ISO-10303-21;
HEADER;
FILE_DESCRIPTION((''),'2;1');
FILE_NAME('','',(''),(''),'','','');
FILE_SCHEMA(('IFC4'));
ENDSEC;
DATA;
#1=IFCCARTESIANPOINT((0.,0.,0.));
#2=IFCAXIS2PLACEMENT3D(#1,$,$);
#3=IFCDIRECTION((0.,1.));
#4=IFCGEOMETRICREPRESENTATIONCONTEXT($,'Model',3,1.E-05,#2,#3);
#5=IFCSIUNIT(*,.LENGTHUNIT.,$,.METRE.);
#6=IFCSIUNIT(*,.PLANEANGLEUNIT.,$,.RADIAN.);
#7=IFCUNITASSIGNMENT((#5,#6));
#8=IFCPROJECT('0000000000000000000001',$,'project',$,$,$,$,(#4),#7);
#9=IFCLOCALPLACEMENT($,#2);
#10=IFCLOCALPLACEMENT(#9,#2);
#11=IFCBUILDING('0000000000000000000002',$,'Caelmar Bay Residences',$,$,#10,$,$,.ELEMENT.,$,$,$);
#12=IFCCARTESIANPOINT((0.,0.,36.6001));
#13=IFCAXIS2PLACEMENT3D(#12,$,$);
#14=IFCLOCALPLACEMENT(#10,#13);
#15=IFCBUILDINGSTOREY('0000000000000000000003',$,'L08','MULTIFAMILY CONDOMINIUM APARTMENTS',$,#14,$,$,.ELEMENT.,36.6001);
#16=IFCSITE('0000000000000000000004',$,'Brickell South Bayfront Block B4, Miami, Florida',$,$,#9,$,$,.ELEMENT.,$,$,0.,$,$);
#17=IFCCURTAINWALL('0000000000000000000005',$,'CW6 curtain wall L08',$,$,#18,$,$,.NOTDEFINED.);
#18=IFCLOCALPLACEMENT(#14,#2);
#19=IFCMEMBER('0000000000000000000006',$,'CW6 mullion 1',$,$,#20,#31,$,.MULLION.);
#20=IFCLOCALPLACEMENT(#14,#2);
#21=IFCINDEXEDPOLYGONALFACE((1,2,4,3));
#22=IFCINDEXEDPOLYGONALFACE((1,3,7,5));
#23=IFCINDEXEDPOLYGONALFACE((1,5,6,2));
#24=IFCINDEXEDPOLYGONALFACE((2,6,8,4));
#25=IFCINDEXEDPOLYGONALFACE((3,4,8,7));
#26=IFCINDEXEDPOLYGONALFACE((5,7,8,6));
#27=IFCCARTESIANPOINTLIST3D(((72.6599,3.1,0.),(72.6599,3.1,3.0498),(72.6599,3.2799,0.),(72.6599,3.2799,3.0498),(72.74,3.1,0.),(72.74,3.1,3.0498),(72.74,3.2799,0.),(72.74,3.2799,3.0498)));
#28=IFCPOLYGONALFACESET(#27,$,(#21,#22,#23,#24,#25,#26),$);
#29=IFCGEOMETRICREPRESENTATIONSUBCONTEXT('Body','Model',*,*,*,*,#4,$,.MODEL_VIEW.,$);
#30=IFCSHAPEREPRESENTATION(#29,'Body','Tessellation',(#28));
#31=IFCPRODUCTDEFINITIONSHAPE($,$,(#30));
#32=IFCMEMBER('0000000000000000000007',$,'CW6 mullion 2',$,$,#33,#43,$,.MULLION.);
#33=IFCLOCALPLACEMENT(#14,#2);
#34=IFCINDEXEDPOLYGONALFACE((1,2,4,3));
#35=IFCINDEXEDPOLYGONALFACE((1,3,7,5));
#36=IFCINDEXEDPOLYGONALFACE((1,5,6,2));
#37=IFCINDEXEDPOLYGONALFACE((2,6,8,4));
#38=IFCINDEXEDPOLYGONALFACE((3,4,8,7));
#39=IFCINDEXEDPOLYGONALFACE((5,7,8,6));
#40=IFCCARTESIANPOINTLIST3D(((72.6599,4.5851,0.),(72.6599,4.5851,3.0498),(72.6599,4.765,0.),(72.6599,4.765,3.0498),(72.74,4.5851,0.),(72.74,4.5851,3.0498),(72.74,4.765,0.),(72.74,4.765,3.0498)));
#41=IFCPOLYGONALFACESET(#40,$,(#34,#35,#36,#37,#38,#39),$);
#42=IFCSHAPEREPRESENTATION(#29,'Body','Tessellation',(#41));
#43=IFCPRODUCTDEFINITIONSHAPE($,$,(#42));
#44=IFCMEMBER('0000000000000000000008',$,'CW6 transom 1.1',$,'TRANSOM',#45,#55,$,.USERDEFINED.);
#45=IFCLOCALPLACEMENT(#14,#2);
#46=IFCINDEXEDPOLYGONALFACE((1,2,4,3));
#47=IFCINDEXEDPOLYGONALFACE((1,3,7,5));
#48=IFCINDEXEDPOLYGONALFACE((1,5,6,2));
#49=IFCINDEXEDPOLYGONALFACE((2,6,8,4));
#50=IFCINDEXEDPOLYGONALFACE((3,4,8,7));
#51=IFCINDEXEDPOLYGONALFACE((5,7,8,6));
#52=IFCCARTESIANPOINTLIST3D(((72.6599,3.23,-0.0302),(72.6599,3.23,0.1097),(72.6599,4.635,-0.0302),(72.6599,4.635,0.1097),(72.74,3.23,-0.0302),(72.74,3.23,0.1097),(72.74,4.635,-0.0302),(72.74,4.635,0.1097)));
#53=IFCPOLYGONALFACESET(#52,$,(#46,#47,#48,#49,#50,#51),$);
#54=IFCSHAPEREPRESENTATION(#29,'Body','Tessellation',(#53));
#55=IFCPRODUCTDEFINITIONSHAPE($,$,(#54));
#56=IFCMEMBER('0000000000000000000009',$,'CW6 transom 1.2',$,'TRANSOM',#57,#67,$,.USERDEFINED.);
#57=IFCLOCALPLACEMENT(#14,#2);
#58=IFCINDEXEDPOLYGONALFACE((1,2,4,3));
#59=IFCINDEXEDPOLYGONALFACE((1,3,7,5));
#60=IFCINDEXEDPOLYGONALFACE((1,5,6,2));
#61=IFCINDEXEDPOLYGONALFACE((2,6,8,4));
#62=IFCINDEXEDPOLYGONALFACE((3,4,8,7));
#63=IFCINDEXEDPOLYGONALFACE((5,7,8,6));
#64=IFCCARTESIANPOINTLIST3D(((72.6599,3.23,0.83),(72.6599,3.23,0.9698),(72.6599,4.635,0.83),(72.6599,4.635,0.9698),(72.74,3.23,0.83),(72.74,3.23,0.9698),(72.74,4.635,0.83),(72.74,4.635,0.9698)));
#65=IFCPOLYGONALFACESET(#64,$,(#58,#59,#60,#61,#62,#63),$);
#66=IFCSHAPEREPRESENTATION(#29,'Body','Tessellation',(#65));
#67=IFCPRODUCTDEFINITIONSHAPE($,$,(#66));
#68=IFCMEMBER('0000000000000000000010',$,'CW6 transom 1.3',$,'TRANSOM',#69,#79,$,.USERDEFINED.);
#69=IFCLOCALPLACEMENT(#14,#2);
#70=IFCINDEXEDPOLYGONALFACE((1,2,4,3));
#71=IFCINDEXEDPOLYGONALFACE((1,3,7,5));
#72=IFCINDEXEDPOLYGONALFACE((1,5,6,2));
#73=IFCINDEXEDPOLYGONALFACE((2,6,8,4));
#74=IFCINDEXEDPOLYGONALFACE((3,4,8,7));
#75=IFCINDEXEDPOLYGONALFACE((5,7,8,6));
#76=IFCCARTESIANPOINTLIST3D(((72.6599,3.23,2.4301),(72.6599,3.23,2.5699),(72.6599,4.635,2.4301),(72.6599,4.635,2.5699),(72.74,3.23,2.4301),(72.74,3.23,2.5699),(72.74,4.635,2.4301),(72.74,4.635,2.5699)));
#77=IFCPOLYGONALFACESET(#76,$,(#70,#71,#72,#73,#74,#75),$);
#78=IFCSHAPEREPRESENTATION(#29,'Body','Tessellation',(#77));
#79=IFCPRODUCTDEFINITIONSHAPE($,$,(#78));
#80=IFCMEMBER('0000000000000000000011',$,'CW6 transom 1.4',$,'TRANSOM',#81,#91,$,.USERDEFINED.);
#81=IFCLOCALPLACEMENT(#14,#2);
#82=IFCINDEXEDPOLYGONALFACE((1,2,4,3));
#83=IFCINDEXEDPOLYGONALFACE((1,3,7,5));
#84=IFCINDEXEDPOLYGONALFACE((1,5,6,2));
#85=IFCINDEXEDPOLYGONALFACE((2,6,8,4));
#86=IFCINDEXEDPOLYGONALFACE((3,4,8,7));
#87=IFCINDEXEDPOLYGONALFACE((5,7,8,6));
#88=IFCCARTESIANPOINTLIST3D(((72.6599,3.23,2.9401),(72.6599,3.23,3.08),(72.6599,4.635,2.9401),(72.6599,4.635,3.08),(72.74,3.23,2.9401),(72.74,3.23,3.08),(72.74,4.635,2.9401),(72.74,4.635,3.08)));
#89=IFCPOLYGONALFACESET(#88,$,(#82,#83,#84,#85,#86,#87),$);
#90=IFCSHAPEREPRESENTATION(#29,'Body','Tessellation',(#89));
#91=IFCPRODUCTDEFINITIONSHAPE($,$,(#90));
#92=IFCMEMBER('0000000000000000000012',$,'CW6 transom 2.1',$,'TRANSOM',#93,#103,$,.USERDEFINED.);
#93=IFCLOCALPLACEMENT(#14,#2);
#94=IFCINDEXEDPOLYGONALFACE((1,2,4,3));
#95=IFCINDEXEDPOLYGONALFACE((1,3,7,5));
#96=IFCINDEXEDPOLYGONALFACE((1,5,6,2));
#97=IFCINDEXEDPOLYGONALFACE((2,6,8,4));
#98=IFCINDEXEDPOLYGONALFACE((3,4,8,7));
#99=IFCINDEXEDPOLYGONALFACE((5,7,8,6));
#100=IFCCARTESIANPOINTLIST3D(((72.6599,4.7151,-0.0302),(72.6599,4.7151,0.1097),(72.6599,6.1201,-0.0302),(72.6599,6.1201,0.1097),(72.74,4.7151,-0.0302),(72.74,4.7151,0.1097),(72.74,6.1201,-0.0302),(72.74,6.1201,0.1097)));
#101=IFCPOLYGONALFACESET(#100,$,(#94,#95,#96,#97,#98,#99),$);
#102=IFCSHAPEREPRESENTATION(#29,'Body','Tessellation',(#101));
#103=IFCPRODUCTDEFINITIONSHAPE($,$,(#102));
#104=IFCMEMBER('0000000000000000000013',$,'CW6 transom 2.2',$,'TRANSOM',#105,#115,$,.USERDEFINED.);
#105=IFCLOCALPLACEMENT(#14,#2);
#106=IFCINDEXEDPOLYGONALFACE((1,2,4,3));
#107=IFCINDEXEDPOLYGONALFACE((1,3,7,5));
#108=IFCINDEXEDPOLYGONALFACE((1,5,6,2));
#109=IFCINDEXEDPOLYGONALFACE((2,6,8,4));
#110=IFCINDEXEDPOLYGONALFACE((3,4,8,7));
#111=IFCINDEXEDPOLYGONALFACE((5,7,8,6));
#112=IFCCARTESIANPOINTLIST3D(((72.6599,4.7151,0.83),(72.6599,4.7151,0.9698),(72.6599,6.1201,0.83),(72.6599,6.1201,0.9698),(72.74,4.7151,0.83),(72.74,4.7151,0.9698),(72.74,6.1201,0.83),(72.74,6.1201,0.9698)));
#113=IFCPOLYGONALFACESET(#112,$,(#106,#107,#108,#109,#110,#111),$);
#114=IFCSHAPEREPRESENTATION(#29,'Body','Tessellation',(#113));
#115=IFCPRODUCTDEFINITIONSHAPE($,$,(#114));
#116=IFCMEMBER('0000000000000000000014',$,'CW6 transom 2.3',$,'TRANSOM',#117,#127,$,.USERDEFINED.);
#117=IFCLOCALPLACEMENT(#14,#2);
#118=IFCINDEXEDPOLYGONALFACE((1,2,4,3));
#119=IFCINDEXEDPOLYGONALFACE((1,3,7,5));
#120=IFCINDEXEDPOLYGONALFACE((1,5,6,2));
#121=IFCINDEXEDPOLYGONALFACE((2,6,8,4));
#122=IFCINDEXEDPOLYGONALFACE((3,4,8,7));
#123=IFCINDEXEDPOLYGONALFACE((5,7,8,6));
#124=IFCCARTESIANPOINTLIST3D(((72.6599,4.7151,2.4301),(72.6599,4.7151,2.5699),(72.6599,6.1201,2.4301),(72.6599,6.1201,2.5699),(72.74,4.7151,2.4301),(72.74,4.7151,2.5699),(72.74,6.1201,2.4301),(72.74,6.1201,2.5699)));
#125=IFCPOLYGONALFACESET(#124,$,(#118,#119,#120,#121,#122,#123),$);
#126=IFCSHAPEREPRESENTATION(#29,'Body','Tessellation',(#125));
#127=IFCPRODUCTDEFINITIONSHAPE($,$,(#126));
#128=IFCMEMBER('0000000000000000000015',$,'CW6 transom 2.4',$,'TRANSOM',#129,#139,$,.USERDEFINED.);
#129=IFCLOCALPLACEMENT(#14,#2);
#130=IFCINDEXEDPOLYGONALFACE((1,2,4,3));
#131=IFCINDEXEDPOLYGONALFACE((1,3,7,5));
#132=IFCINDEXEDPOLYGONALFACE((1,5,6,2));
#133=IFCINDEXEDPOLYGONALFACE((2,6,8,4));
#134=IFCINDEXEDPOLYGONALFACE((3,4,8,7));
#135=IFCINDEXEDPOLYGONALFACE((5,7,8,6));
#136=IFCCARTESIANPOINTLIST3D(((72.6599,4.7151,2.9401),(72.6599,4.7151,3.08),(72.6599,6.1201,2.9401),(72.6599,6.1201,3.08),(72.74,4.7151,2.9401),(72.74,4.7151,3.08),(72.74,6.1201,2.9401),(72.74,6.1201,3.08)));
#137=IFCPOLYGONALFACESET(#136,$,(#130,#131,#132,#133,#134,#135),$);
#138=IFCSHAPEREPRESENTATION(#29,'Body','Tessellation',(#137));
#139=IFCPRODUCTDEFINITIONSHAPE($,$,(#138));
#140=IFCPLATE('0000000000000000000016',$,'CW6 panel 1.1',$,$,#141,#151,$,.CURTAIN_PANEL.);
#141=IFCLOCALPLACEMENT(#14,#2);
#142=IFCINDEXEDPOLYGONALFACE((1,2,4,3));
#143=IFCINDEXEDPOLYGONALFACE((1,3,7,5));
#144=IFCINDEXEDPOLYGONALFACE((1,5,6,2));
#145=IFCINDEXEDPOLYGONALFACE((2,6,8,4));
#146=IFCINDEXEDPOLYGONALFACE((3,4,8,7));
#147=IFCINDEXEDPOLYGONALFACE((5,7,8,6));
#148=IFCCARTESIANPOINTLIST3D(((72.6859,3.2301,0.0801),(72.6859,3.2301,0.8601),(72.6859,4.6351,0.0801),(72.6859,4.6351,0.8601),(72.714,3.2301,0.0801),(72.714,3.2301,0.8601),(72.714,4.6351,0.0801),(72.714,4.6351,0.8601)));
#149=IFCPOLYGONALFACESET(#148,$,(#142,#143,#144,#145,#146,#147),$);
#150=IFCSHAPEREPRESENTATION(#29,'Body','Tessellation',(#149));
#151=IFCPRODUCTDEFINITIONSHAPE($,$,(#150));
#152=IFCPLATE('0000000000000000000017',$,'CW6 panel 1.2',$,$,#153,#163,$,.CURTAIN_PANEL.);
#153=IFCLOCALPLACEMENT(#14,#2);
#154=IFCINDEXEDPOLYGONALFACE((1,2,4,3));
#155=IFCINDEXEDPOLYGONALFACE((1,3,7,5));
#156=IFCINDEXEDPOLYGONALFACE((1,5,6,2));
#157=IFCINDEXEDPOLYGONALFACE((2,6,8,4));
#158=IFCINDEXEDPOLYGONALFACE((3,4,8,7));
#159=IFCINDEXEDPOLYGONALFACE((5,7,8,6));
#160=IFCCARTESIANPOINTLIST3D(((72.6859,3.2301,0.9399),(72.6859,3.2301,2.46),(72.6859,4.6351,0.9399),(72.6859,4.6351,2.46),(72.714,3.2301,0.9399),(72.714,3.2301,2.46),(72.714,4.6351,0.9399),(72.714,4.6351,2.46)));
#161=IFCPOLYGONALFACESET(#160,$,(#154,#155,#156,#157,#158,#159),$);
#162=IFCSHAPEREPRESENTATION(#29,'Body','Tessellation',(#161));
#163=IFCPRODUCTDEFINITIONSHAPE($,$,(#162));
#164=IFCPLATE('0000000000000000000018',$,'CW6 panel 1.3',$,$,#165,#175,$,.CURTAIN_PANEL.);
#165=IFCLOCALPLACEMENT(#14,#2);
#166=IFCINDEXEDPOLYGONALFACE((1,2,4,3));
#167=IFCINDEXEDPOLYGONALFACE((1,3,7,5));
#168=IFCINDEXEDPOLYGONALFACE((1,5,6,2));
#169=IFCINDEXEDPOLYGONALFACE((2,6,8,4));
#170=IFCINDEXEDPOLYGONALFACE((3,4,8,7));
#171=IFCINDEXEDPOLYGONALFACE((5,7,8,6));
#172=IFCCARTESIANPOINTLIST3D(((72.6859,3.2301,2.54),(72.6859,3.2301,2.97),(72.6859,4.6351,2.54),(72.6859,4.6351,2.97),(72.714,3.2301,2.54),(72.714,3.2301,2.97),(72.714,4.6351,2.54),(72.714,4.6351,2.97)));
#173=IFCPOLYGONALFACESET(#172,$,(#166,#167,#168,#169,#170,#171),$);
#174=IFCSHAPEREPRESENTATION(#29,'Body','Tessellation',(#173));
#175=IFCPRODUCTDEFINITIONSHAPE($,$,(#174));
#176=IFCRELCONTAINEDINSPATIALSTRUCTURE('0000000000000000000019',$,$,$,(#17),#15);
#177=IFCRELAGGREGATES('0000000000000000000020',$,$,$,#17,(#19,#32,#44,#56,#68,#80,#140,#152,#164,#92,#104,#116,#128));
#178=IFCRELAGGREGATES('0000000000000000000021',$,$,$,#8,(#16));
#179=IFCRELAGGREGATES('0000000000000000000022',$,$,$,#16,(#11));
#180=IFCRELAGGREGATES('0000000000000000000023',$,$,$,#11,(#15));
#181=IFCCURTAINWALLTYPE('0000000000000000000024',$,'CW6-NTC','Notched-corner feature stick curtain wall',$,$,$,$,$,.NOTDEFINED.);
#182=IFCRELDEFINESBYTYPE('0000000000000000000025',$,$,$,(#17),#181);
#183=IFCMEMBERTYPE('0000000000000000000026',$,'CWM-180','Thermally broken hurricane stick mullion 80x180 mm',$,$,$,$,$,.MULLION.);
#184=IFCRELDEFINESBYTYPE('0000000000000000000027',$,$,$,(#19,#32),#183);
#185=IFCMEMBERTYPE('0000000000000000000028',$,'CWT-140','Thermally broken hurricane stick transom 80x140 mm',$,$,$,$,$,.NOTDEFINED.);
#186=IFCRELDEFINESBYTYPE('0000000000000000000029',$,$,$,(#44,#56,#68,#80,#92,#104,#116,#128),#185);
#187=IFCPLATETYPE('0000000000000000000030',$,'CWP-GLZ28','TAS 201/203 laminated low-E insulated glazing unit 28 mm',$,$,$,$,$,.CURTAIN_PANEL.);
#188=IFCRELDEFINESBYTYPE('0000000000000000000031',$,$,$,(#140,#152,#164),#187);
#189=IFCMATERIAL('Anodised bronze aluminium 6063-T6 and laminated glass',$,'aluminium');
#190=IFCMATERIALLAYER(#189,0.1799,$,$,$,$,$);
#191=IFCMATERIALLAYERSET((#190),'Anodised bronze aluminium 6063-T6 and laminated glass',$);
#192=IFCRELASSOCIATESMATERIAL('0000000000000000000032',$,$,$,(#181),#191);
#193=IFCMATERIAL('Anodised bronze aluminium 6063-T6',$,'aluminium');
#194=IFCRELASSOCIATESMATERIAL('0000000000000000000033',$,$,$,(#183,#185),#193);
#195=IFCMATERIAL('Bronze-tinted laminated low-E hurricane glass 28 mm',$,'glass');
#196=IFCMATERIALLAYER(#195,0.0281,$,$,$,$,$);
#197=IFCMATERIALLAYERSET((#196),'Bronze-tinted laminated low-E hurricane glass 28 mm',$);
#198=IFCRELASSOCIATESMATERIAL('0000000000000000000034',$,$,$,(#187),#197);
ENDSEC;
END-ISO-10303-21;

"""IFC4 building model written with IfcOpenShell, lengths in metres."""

from ifc_helpers import new_model, si_unit, direction, frame, origin, origin_2d, place, context, subcontext, project, spatial, rectangle, extrude, material, layer, layer_set, material_profile, profile_set, type_object, element, aggregate, save


model = new_model("IFC4")

# Units and contexts
model_context = context("Model", 3, precision=1e-05, world=origin(), true_north=direction((0.0, 1.0)))
body_context = subcontext(model_context, "Body", "Model", "MODEL_VIEW")
ifc_project = project(units=[si_unit("LENGTHUNIT", "METRE"), si_unit("PLANEANGLEUNIT", "RADIAN")], contexts=[model_context])

# Site, building, storey
site_placement = place(None, origin())
site = spatial("IfcSite", under=ifc_project, at=site_placement, Name="Brickell South Bayfront Block B4, Miami, Florida", CompositionType="ELEMENT", RefElevation=0.0)
building_placement = place(site_placement, origin())
building = spatial("IfcBuilding", under=site, at=building_placement, Name="Caelmar Bay Residences", CompositionType="ELEMENT")
storey_placement = place(building_placement, frame((0.0, 0.0, 36.6001)))
storey = spatial("IfcBuildingStorey", under=building, at=storey_placement, Name="L08", Description="MULTIFAMILY CONDOMINIUM APARTMENTS", CompositionType="ELEMENT", Elevation=36.6001)

# Curtain wall, members, plates
ifc_material_1 = material(Name="Anodised bronze aluminium 6063-T6 and laminated glass", Category="aluminium")
ifc_layer_1 = layer(ifc_material_1, 0.1799)
ifc_layer_set_1 = layer_set([ifc_layer_1], Name="Anodised bronze aluminium 6063-T6 and laminated glass")
curtain_wall_type = type_object("IfcCurtainWallType", Name="CW6-NTC", Description="Notched-corner feature stick curtain wall", PredefinedType="NOTDEFINED", material=ifc_layer_set_1)
curtain_wall_placement = place(storey_placement, origin())
curtain_wall = element("IfcCurtainWall", 1, at=curtain_wall_placement, inside=storey, type_object=curtain_wall_type, Name="CW6 curtain wall L08", PredefinedType="NOTDEFINED")
ifc_material_2 = material(Name="Anodised bronze aluminium 6063-T6", Category="aluminium")
ifc_material_profile_1 = material_profile(ifc_material_2, rectangle(XDim=0.0801, YDim=0.1799, at=origin_2d()), Name="CWM-80X180")
ifc_profile_set_1 = profile_set([ifc_material_profile_1], Name="Anodised bronze aluminium 6063-T6")
member_type_1 = type_object("IfcMemberType", Name="CWM-180", Description="Thermally broken hurricane stick mullion 80x180 mm", PredefinedType="MULLION", material=ifc_profile_set_1)
member_1_placement = place(storey_placement, frame((72.7, 3.1899, 0.0), z_axis=(0.0, 0.0, 1.0), x_axis=(-1.0, 0.0, 0.0)))
member_1 = element("IfcMember", 2, at=member_1_placement, type_object=member_type_1, Name="CW6 mullion 1", PredefinedType="MULLION", context=body_context, shape_type="SweptSolid", body=[
    extrude(rectangle(XDim=0.0801, YDim=0.1799, at=origin_2d()), origin(), (0.0, 0.0, 1.0), 3.0498),
])
member_2_placement = place(storey_placement, frame((72.7, 4.675, 0.0), z_axis=(0.0, 0.0, 1.0), x_axis=(-1.0, 0.0, 0.0)))
member_2 = element("IfcMember", 3, at=member_2_placement, type_object=member_type_1, Name="CW6 mullion 2", PredefinedType="MULLION", context=body_context, shape_type="SweptSolid", body=[
    extrude(rectangle(XDim=0.0801, YDim=0.1799, at=origin_2d()), origin(), (0.0, 0.0, 1.0), 3.0498),
])
ifc_material_profile_2 = material_profile(ifc_material_2, rectangle(XDim=0.0801, YDim=0.1399, at=origin_2d()), Name="CWT-80X140")
ifc_profile_set_2 = profile_set([ifc_material_profile_2], Name="Anodised bronze aluminium 6063-T6")
member_type_2 = type_object("IfcMemberType", Name="CWT-140", Description="Thermally broken hurricane stick transom 80x140 mm", PredefinedType="NOTDEFINED", material=ifc_profile_set_2)
member_3_placement = place(storey_placement, frame((72.7, 3.23, 0.0398), z_axis=(0.0, 1.0, 0.0), x_axis=(-1.0, 0.0, 0.0)))
member_3 = element("IfcMember", 4, at=member_3_placement, type_object=member_type_2, Name="CW6 transom 1.1", ObjectType="TRANSOM", PredefinedType="USERDEFINED", context=body_context, shape_type="SweptSolid", body=[
    extrude(rectangle(XDim=0.0801, YDim=0.1399, at=origin_2d()), origin(), (0.0, 0.0, 1.0), 1.405),
])
member_4_placement = place(storey_placement, frame((72.7, 3.23, 0.8999), z_axis=(0.0, 1.0, 0.0), x_axis=(-1.0, 0.0, 0.0)))
member_4 = element("IfcMember", 5, at=member_4_placement, type_object=member_type_2, Name="CW6 transom 1.2", ObjectType="TRANSOM", PredefinedType="USERDEFINED", context=body_context, shape_type="SweptSolid", body=[
    extrude(rectangle(XDim=0.0801, YDim=0.1399, at=origin_2d()), origin(), (0.0, 0.0, 1.0), 1.405),
])
member_5_placement = place(storey_placement, frame((72.7, 3.23, 2.5), z_axis=(0.0, 1.0, 0.0), x_axis=(-1.0, 0.0, 0.0)))
member_5 = element("IfcMember", 6, at=member_5_placement, type_object=member_type_2, Name="CW6 transom 1.3", ObjectType="TRANSOM", PredefinedType="USERDEFINED", context=body_context, shape_type="SweptSolid", body=[
    extrude(rectangle(XDim=0.0801, YDim=0.1399, at=origin_2d()), origin(), (0.0, 0.0, 1.0), 1.405),
])
member_6_placement = place(storey_placement, frame((72.7, 3.23, 3.01), z_axis=(0.0, 1.0, 0.0), x_axis=(-1.0, 0.0, 0.0)))
member_6 = element("IfcMember", 7, at=member_6_placement, type_object=member_type_2, Name="CW6 transom 1.4", ObjectType="TRANSOM", PredefinedType="USERDEFINED", context=body_context, shape_type="SweptSolid", body=[
    extrude(rectangle(XDim=0.0801, YDim=0.1399, at=origin_2d()), origin(), (0.0, 0.0, 1.0), 1.405),
])
member_7_placement = place(storey_placement, frame((72.7, 4.7151, 0.0398), z_axis=(0.0, 1.0, 0.0), x_axis=(-1.0, 0.0, 0.0)))
member_7 = element("IfcMember", 8, at=member_7_placement, type_object=member_type_2, Name="CW6 transom 2.1", ObjectType="TRANSOM", PredefinedType="USERDEFINED", context=body_context, shape_type="SweptSolid", body=[
    extrude(rectangle(XDim=0.0801, YDim=0.1399, at=origin_2d()), origin(), (0.0, 0.0, 1.0), 1.405),
])
member_8_placement = place(storey_placement, frame((72.7, 4.7151, 0.8999), z_axis=(0.0, 1.0, 0.0), x_axis=(-1.0, 0.0, 0.0)))
member_8 = element("IfcMember", 9, at=member_8_placement, type_object=member_type_2, Name="CW6 transom 2.2", ObjectType="TRANSOM", PredefinedType="USERDEFINED", context=body_context, shape_type="SweptSolid", body=[
    extrude(rectangle(XDim=0.0801, YDim=0.1399, at=origin_2d()), origin(), (0.0, 0.0, 1.0), 1.405),
])
member_9_placement = place(storey_placement, frame((72.7, 4.7151, 2.5), z_axis=(0.0, 1.0, 0.0), x_axis=(-1.0, 0.0, 0.0)))
member_9 = element("IfcMember", 10, at=member_9_placement, type_object=member_type_2, Name="CW6 transom 2.3", ObjectType="TRANSOM", PredefinedType="USERDEFINED", context=body_context, shape_type="SweptSolid", body=[
    extrude(rectangle(XDim=0.0801, YDim=0.1399, at=origin_2d()), origin(), (0.0, 0.0, 1.0), 1.405),
])
member_10_placement = place(storey_placement, frame((72.7, 4.7151, 3.01), z_axis=(0.0, 1.0, 0.0), x_axis=(-1.0, 0.0, 0.0)))
member_10 = element("IfcMember", 11, at=member_10_placement, type_object=member_type_2, Name="CW6 transom 2.4", ObjectType="TRANSOM", PredefinedType="USERDEFINED", context=body_context, shape_type="SweptSolid", body=[
    extrude(rectangle(XDim=0.0801, YDim=0.1399, at=origin_2d()), origin(), (0.0, 0.0, 1.0), 1.405),
])
ifc_material_3 = material(Name="Bronze-tinted laminated low-E hurricane glass 28 mm", Category="glass")
ifc_layer_2 = layer(ifc_material_3, 0.0281)
ifc_layer_set_2 = layer_set([ifc_layer_2], Name="Bronze-tinted laminated low-E hurricane glass 28 mm")
plate_type = type_object("IfcPlateType", Name="CWP-GLZ28", Description="TAS 201/203 laminated low-E insulated glazing unit 28 mm", PredefinedType="CURTAIN_PANEL", material=ifc_layer_set_2)
plate_1_placement = place(storey_placement, frame((72.7, 3.9326, 0.0801), z_axis=(0.0, 0.0, 1.0), x_axis=(0.0, 1.0, 0.0)))
plate_1 = element("IfcPlate", 12, at=plate_1_placement, type_object=plate_type, Name="CW6 panel 1.1", PredefinedType="CURTAIN_PANEL", context=body_context, shape_type="SweptSolid", body=[
    extrude(rectangle(XDim=1.405, YDim=0.0281, at=origin_2d()), origin(), (0.0, 0.0, 1.0), 0.78),
])
plate_2_placement = place(storey_placement, frame((72.7, 3.9326, 0.9399), z_axis=(0.0, 0.0, 1.0), x_axis=(0.0, 1.0, 0.0)))
plate_2 = element("IfcPlate", 13, at=plate_2_placement, type_object=plate_type, Name="CW6 panel 1.2", PredefinedType="CURTAIN_PANEL", context=body_context, shape_type="SweptSolid", body=[
    extrude(rectangle(XDim=1.405, YDim=0.0281, at=origin_2d()), origin(), (0.0, 0.0, 1.0), 1.52),
])
plate_3_placement = place(storey_placement, frame((72.7, 3.9326, 2.54), z_axis=(0.0, 0.0, 1.0), x_axis=(0.0, 1.0, 0.0)))
plate_3 = element("IfcPlate", 14, at=plate_3_placement, type_object=plate_type, Name="CW6 panel 1.3", PredefinedType="CURTAIN_PANEL", context=body_context, shape_type="SweptSolid", body=[
    extrude(rectangle(XDim=1.405, YDim=0.0281, at=origin_2d()), origin(), (0.0, 0.0, 1.0), 0.4299),
])
aggregate(curtain_wall, [member_1, member_2, member_3, member_4, member_5, member_6, plate_1, plate_2, plate_3, member_7, member_8, member_9, member_10])

save(model, "model.ifc")
